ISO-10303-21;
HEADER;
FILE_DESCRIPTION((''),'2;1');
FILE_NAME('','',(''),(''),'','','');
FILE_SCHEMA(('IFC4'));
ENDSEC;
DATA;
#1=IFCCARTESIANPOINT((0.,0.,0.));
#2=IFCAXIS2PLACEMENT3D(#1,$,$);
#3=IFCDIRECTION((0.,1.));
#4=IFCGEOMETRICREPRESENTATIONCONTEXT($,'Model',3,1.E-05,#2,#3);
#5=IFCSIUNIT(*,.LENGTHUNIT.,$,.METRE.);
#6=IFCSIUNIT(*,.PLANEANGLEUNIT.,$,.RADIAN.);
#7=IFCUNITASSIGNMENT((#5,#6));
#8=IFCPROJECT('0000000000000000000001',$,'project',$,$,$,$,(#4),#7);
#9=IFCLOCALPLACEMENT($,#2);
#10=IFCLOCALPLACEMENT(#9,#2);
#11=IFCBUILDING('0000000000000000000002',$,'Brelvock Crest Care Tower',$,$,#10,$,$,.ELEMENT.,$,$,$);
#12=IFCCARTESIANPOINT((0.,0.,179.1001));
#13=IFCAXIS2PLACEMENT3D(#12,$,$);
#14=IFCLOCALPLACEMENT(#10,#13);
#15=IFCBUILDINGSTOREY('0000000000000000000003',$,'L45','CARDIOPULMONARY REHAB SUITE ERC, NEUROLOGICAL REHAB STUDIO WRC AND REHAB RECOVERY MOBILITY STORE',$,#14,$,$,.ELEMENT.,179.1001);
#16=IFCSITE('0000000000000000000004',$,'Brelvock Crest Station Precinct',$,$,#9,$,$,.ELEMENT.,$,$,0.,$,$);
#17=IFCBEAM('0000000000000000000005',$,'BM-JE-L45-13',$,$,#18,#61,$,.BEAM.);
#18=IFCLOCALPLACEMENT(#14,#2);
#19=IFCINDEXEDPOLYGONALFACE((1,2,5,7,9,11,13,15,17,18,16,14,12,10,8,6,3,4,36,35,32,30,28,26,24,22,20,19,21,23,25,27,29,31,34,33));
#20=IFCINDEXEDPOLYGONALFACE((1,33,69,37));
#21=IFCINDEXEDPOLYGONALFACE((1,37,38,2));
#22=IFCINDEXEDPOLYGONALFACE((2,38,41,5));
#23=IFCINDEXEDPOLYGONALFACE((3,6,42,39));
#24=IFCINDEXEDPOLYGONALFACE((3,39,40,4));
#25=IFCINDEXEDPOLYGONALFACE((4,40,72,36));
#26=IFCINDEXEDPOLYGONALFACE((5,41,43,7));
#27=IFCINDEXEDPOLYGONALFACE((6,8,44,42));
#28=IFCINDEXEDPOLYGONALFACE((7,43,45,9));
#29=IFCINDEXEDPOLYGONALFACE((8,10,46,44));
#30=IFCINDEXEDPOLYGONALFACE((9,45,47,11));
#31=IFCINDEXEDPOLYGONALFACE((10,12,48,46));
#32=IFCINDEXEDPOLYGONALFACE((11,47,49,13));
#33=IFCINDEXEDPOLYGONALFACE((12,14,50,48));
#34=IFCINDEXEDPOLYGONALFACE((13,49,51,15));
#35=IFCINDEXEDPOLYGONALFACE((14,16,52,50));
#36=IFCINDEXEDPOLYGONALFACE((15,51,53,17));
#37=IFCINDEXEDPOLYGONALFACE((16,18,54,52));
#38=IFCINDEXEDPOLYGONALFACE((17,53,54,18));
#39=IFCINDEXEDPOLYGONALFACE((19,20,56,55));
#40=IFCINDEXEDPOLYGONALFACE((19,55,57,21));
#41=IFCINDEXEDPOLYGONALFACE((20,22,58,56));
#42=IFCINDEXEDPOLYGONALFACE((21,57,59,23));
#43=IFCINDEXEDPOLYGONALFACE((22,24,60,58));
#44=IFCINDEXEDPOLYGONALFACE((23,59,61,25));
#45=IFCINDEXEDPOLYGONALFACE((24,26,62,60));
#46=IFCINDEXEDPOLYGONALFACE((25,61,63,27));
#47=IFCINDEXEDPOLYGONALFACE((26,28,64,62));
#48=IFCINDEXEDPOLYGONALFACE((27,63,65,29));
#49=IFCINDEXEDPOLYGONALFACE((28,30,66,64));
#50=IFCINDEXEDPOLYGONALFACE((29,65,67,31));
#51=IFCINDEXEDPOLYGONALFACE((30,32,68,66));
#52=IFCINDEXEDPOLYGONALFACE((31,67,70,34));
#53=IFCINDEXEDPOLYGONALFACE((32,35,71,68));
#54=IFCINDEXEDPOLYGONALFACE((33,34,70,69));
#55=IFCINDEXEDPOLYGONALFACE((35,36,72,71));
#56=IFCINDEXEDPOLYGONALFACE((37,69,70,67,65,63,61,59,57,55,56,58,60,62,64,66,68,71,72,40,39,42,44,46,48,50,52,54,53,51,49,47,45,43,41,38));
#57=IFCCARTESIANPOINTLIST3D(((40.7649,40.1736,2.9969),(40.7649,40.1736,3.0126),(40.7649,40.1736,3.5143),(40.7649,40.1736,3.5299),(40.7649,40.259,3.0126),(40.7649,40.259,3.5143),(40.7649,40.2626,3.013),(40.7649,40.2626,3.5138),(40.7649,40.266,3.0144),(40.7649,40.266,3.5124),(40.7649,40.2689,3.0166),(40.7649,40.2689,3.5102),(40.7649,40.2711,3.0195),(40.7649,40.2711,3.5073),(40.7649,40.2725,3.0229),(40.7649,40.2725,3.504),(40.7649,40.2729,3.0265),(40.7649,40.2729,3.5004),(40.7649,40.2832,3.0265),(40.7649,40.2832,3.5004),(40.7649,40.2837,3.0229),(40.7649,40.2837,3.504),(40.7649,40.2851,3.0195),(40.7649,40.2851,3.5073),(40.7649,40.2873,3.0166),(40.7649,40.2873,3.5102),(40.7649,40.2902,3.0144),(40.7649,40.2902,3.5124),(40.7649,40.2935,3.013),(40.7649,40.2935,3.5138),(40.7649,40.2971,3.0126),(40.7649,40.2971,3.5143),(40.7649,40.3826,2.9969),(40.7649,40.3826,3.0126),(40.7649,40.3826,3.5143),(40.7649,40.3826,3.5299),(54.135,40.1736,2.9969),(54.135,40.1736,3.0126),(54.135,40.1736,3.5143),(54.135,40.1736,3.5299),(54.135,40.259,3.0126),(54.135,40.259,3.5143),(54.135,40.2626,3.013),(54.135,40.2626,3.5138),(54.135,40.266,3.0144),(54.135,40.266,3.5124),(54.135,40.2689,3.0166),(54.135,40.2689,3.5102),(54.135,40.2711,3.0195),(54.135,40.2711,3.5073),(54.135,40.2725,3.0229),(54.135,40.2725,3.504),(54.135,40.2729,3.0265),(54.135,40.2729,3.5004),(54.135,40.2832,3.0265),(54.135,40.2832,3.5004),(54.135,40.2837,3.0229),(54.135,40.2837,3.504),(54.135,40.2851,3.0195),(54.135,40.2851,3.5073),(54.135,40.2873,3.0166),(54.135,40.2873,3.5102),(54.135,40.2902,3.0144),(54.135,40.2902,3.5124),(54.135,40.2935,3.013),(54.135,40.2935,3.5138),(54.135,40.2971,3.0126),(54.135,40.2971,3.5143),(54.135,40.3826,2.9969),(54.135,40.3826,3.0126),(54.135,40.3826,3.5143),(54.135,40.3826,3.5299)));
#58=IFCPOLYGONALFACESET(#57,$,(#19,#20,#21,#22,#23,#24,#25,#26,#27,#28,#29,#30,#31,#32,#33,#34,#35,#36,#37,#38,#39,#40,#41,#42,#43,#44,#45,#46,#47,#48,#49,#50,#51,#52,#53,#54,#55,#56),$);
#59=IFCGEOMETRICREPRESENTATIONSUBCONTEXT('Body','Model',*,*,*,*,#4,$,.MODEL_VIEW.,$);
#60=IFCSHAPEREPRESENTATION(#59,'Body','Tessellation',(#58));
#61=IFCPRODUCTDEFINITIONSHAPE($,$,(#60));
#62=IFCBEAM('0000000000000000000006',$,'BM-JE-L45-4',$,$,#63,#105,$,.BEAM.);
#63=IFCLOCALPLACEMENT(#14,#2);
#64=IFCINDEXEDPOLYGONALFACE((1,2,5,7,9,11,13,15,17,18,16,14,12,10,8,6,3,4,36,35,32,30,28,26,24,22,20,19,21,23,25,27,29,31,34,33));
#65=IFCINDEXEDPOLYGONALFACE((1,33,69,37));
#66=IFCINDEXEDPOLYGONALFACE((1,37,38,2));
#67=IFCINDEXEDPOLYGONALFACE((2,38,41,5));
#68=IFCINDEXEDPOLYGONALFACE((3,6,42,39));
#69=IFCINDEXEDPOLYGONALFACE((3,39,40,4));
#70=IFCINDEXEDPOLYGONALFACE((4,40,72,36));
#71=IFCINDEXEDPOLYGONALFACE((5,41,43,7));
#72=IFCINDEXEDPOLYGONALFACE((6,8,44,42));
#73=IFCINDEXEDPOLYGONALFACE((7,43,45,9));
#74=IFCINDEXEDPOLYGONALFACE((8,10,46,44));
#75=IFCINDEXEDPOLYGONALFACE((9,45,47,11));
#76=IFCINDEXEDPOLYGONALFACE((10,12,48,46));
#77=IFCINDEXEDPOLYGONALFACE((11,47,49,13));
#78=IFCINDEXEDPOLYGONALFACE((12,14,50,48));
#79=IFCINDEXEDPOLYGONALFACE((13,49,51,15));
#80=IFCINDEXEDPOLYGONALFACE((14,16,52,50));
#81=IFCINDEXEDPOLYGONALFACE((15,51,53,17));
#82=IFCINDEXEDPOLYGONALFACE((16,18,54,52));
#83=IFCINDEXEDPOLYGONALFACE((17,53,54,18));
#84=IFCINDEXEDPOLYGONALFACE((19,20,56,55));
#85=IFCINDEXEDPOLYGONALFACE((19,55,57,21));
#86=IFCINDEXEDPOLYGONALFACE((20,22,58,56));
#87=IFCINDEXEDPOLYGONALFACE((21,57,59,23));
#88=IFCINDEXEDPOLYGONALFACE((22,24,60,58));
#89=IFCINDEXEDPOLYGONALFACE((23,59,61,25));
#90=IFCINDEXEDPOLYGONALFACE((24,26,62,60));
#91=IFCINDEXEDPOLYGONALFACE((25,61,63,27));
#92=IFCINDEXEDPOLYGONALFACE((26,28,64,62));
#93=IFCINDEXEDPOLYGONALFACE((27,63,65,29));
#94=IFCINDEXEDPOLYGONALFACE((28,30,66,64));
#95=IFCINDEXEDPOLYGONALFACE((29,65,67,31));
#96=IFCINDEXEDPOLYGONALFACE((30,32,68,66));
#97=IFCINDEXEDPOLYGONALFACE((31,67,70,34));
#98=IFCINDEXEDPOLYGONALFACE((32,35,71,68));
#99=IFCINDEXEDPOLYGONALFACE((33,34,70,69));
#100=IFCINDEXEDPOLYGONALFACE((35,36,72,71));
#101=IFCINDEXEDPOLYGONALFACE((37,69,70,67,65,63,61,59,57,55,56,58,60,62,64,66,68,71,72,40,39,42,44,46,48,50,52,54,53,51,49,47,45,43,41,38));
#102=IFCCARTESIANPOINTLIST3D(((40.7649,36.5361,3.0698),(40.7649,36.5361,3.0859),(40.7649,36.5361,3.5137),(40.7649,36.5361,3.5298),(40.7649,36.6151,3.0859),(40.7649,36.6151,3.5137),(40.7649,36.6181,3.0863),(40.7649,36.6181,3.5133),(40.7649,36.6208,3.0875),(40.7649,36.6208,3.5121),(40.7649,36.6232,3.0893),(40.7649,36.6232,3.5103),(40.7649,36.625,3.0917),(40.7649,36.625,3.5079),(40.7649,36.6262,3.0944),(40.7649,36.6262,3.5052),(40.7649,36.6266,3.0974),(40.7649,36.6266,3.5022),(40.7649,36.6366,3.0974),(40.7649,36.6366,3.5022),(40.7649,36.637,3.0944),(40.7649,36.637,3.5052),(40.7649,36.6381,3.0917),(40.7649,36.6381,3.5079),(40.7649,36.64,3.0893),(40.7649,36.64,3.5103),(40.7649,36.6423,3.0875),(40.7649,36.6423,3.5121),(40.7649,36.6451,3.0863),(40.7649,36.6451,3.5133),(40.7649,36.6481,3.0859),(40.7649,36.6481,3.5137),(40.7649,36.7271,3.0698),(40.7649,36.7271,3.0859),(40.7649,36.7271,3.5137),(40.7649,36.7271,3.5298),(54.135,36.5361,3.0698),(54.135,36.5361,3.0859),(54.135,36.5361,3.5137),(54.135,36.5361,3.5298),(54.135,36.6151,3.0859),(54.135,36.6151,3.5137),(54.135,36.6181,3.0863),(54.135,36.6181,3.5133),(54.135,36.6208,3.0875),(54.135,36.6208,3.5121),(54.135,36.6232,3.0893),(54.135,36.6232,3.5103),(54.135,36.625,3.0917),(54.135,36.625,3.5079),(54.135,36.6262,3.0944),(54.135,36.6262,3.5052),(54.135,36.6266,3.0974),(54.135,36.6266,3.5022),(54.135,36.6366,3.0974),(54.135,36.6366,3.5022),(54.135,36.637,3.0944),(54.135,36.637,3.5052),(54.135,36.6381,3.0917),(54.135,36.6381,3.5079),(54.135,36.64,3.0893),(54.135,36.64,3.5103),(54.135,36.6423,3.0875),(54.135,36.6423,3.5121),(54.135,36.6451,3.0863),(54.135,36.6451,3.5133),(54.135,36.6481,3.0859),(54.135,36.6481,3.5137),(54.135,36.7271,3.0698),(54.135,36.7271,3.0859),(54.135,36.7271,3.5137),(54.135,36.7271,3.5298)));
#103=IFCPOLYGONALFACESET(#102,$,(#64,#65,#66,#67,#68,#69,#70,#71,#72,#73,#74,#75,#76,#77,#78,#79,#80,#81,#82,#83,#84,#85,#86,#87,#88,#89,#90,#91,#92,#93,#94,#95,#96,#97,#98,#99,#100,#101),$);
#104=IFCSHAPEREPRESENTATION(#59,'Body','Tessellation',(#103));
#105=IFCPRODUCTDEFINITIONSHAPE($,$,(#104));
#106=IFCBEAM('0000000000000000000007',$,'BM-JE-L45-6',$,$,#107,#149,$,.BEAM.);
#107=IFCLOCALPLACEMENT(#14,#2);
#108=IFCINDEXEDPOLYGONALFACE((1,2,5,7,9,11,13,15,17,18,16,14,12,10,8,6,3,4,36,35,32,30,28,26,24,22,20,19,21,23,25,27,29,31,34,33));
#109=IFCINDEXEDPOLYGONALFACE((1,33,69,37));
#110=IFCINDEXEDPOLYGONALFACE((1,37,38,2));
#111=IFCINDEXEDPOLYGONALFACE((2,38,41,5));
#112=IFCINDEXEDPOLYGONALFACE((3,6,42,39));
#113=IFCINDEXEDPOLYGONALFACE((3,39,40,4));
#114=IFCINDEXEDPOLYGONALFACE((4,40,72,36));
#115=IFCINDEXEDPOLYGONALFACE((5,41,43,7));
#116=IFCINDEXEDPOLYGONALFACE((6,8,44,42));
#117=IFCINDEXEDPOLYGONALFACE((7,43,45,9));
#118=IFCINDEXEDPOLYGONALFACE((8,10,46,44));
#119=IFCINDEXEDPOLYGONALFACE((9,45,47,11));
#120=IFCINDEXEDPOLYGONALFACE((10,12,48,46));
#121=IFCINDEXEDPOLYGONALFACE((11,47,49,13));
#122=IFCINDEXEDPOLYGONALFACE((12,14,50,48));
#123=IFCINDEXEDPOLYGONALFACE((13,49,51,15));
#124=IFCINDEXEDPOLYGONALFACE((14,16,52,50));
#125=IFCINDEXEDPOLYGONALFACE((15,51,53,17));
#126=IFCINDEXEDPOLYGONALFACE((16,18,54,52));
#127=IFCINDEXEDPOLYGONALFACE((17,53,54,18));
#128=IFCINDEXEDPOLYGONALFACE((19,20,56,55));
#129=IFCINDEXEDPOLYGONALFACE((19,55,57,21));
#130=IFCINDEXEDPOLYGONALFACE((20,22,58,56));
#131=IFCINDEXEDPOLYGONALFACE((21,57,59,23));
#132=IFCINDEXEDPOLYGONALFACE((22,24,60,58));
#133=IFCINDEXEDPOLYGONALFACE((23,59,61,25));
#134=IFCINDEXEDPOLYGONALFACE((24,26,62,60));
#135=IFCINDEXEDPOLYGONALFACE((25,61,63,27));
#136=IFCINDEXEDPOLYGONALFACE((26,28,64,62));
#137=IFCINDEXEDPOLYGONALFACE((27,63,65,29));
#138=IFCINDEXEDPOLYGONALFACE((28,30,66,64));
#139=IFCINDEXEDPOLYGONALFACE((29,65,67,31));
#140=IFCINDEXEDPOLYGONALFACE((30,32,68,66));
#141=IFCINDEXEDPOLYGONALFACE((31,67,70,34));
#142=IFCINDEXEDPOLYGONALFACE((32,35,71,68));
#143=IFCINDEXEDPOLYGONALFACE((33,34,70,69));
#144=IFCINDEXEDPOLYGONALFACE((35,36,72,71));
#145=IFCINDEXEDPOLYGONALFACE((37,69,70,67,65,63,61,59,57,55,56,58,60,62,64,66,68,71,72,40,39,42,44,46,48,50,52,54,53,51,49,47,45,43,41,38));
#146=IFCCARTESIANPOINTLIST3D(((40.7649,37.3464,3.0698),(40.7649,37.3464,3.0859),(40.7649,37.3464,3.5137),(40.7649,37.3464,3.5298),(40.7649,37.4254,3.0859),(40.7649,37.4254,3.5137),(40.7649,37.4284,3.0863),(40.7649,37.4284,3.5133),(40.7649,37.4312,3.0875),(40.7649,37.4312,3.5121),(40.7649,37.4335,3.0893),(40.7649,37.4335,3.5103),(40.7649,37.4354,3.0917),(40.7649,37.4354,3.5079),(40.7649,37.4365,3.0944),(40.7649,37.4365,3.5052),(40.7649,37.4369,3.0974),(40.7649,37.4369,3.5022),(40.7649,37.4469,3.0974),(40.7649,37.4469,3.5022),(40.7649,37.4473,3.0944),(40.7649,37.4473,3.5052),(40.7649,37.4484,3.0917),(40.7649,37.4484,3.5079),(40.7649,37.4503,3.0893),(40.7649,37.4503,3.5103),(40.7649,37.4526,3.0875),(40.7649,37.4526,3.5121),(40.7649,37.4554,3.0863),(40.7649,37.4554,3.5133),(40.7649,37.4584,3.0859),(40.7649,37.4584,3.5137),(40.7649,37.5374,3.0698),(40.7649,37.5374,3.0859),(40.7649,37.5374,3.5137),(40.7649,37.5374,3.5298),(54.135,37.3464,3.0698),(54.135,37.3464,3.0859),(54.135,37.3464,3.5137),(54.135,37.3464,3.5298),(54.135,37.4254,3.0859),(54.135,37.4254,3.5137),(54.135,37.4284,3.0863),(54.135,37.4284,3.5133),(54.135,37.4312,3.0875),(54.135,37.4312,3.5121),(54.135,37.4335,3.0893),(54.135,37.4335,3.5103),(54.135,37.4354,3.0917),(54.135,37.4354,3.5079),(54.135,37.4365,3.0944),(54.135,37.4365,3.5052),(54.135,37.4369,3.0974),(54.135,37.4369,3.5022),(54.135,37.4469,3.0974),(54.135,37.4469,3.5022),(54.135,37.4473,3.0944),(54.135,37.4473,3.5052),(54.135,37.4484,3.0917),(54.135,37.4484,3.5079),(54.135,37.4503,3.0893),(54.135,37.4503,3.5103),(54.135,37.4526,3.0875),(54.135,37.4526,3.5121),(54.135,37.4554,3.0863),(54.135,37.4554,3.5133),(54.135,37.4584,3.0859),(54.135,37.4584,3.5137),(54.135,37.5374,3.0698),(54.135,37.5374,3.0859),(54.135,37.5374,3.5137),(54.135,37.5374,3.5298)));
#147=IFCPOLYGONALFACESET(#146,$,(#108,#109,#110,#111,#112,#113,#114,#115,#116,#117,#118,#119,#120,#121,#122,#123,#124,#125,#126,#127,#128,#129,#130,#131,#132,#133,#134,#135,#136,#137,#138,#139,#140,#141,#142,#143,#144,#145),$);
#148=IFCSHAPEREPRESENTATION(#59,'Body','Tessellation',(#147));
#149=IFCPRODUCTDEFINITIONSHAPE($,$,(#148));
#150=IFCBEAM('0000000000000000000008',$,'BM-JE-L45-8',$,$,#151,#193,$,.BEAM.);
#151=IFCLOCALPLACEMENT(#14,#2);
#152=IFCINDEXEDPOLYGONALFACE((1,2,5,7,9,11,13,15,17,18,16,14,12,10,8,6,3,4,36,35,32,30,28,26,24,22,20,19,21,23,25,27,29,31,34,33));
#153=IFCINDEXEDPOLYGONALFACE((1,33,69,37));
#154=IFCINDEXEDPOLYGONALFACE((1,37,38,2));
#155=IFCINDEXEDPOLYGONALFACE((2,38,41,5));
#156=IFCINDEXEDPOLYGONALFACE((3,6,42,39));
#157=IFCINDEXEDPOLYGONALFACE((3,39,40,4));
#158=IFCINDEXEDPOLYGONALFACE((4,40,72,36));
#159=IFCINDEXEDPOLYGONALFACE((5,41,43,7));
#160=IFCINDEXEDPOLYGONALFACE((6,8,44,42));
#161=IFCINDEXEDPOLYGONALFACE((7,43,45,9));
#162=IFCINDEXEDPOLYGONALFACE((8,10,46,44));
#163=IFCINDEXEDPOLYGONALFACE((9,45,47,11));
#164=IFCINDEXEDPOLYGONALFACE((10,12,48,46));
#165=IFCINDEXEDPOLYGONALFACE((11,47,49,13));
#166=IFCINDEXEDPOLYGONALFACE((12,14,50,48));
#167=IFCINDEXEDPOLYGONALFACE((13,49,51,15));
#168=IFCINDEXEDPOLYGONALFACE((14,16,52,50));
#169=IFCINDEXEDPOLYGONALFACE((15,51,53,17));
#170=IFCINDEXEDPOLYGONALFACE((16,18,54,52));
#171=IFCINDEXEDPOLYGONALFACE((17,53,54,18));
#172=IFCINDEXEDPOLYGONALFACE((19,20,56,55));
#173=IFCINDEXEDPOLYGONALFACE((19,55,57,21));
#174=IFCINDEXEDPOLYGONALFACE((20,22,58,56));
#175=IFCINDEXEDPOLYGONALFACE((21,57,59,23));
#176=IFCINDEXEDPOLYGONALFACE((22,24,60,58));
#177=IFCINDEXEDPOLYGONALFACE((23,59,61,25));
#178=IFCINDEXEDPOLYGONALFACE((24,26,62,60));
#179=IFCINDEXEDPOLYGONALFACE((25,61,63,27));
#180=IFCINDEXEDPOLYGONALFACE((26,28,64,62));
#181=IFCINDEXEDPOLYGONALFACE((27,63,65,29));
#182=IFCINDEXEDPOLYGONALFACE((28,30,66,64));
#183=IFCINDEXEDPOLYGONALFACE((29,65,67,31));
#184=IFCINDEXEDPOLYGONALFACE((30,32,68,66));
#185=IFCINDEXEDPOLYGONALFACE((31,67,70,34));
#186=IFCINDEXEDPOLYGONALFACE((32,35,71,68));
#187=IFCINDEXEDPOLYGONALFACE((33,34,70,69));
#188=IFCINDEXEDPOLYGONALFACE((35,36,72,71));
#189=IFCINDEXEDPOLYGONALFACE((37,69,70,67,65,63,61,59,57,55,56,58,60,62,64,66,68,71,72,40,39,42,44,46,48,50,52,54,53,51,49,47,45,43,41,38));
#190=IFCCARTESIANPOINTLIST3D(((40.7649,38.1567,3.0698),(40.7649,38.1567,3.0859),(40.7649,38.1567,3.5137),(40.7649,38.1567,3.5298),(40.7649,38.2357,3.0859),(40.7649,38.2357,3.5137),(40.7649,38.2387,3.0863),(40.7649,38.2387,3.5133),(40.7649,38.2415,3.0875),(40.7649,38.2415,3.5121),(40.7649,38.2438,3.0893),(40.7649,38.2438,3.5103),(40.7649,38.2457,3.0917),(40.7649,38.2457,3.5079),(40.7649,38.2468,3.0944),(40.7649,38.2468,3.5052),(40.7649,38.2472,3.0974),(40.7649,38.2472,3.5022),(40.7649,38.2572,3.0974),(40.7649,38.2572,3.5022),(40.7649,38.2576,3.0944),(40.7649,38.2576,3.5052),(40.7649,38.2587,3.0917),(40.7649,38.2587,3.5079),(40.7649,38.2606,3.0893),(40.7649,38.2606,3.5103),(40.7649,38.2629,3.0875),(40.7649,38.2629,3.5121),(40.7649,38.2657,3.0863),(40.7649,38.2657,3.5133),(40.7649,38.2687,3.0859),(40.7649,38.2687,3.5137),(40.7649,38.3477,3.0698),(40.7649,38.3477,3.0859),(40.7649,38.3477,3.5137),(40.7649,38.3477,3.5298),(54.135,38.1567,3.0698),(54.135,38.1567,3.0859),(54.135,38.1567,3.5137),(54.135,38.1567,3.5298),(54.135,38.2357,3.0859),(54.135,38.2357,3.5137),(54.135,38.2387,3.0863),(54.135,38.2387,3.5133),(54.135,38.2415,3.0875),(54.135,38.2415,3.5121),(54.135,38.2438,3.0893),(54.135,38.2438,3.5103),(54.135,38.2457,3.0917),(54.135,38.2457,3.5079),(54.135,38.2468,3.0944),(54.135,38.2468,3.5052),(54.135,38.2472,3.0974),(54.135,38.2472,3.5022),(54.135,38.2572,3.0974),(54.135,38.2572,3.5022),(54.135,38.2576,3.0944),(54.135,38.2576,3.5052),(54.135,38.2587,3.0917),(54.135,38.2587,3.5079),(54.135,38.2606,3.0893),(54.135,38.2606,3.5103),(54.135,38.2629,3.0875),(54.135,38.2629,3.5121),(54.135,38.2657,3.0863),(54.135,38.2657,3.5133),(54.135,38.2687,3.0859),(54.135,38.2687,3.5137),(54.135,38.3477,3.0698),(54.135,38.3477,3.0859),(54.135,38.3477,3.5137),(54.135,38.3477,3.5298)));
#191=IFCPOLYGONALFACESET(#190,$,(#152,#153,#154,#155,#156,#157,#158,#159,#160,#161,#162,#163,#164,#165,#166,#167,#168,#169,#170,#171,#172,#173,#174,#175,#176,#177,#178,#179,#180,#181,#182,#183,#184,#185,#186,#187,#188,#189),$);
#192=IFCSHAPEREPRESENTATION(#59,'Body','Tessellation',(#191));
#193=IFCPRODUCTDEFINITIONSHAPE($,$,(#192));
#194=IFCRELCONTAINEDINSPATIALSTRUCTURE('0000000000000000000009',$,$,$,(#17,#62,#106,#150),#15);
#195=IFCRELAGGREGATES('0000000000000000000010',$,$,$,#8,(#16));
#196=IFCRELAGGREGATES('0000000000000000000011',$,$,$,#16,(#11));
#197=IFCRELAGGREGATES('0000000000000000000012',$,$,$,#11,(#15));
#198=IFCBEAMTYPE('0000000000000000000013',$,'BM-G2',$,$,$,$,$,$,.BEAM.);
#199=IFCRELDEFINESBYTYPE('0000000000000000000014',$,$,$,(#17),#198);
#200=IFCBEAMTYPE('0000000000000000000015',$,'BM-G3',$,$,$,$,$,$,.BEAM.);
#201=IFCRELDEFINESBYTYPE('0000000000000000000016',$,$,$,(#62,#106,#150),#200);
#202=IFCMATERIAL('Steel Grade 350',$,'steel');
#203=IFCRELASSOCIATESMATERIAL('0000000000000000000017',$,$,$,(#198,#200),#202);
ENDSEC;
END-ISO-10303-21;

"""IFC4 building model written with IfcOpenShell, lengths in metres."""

from ifc_helpers import new_model, si_unit, direction, frame, origin, origin_2d, place, context, subcontext, project, spatial, i_section, extrude, source, transform, mapped, material, material_profile, profile_set, type_object, element, save


model = new_model("IFC4")

# Units and contexts
model_context = context("Model", 3, precision=1e-05, world=origin(), true_north=direction((0.0, 1.0)))
body_context = subcontext(model_context, "Body", "Model", "MODEL_VIEW")
ifc_project = project(units=[si_unit("LENGTHUNIT", "METRE"), si_unit("PLANEANGLEUNIT", "RADIAN")], contexts=[model_context])

# Site, building, storey
site_placement = place(None, origin())
site = spatial("IfcSite", under=ifc_project, at=site_placement, Name="Brelvock Crest Station Precinct", CompositionType="ELEMENT", RefElevation=0.0)
building_placement = place(site_placement, origin())
building = spatial("IfcBuilding", under=site, at=building_placement, Name="Brelvock Crest Care Tower", CompositionType="ELEMENT")
storey_placement = place(building_placement, frame((0.0, 0.0, 179.1001)))
storey = spatial("IfcBuildingStorey", under=building, at=storey_placement, Name="L45", Description="CARDIOPULMONARY REHAB SUITE ERC, NEUROLOGICAL REHAB STUDIO WRC AND REHAB RECOVERY MOBILITY STORE", CompositionType="ELEMENT", Elevation=179.1001)

# Beams
ifc_material_1 = material(Name="Steel Grade 350", Category="steel")
ifc_material_profile_1 = material_profile(ifc_material_1, i_section(OverallWidth=0.209, OverallDepth=0.533, WebThickness=0.0103, FlangeThickness=0.0156, FilletRadius=0.0139, at=origin_2d()), Name="530UB92.4")
ifc_profile_set_1 = profile_set([ifc_material_profile_1], Name="Steel Grade 350")
beam_type_1 = type_object("IfcBeamType", Name="BM-G2", PredefinedType="BEAM", material=ifc_profile_set_1)
shared_shape_1 = source(origin(), body_context, "Body", "SweptSolid", [
    extrude(i_section(OverallWidth=0.209, OverallDepth=0.533, WebThickness=0.0103, FlangeThickness=0.0156, FilletRadius=0.0139, at=origin_2d()), origin(), (0.0, 0.0, 1.0), 13.3701),
])
for number, where, z_axis, x_axis, name in (
    (1, (40.7649, 40.2781, 3.2634), (1.0, 0.0, 0.0), (0.0, 1.0, 0.0), "BM-JE-L45-13"),
):
    element("IfcBeam", number, at=place(storey_placement, frame(where, z_axis=z_axis, x_axis=x_axis)), inside=storey, type_object=beam_type_1, Name=name, PredefinedType="BEAM", context=body_context, shape_type="MappedRepresentation", body=[
        mapped(shared_shape_1, transform((0.0, 0.0, 0.0), x_axis=(1.0, 0.0, 0.0), y_axis=(0.0, 1.0, 0.0), z_axis=(0.0, 0.0, 1.0), scale=1.0)),
    ])
ifc_material_profile_2 = material_profile(ifc_material_1, i_section(OverallWidth=0.1909, OverallDepth=0.46, WebThickness=0.01, FlangeThickness=0.0161, FilletRadius=0.0115, at=origin_2d()), Name="460UB82.1")
ifc_profile_set_2 = profile_set([ifc_material_profile_2], Name="Steel Grade 350")
beam_type_2 = type_object("IfcBeamType", Name="BM-G3", PredefinedType="BEAM", material=ifc_profile_set_2)
shared_shape_2 = source(origin(), body_context, "Body", "SweptSolid", [
    extrude(i_section(OverallWidth=0.1909, OverallDepth=0.46, WebThickness=0.01, FlangeThickness=0.0161, FilletRadius=0.0115, at=origin_2d()), origin(), (0.0, 0.0, 1.0), 13.3701),
])
for number, where, z_axis, x_axis, name in (
    (2, (40.7649, 36.6316, 3.2998), (1.0, 0.0, 0.0), (0.0, 1.0, 0.0), "BM-JE-L45-4"),
    (3, (40.7649, 37.4419, 3.2998), (1.0, 0.0, 0.0), (0.0, 1.0, 0.0), "BM-JE-L45-6"),
    (4, (40.7649, 38.2522, 3.2998), (1.0, 0.0, 0.0), (0.0, 1.0, 0.0), "BM-JE-L45-8"),
):
    element("IfcBeam", number, at=place(storey_placement, frame(where, z_axis=z_axis, x_axis=x_axis)), inside=storey, type_object=beam_type_2, Name=name, PredefinedType="BEAM", context=body_context, shape_type="MappedRepresentation", body=[
        mapped(shared_shape_2, transform((0.0, 0.0, 0.0), x_axis=(1.0, 0.0, 0.0), y_axis=(0.0, 1.0, 0.0), z_axis=(0.0, 0.0, 1.0), scale=1.0)),
    ])

save(model, "model.ifc")
